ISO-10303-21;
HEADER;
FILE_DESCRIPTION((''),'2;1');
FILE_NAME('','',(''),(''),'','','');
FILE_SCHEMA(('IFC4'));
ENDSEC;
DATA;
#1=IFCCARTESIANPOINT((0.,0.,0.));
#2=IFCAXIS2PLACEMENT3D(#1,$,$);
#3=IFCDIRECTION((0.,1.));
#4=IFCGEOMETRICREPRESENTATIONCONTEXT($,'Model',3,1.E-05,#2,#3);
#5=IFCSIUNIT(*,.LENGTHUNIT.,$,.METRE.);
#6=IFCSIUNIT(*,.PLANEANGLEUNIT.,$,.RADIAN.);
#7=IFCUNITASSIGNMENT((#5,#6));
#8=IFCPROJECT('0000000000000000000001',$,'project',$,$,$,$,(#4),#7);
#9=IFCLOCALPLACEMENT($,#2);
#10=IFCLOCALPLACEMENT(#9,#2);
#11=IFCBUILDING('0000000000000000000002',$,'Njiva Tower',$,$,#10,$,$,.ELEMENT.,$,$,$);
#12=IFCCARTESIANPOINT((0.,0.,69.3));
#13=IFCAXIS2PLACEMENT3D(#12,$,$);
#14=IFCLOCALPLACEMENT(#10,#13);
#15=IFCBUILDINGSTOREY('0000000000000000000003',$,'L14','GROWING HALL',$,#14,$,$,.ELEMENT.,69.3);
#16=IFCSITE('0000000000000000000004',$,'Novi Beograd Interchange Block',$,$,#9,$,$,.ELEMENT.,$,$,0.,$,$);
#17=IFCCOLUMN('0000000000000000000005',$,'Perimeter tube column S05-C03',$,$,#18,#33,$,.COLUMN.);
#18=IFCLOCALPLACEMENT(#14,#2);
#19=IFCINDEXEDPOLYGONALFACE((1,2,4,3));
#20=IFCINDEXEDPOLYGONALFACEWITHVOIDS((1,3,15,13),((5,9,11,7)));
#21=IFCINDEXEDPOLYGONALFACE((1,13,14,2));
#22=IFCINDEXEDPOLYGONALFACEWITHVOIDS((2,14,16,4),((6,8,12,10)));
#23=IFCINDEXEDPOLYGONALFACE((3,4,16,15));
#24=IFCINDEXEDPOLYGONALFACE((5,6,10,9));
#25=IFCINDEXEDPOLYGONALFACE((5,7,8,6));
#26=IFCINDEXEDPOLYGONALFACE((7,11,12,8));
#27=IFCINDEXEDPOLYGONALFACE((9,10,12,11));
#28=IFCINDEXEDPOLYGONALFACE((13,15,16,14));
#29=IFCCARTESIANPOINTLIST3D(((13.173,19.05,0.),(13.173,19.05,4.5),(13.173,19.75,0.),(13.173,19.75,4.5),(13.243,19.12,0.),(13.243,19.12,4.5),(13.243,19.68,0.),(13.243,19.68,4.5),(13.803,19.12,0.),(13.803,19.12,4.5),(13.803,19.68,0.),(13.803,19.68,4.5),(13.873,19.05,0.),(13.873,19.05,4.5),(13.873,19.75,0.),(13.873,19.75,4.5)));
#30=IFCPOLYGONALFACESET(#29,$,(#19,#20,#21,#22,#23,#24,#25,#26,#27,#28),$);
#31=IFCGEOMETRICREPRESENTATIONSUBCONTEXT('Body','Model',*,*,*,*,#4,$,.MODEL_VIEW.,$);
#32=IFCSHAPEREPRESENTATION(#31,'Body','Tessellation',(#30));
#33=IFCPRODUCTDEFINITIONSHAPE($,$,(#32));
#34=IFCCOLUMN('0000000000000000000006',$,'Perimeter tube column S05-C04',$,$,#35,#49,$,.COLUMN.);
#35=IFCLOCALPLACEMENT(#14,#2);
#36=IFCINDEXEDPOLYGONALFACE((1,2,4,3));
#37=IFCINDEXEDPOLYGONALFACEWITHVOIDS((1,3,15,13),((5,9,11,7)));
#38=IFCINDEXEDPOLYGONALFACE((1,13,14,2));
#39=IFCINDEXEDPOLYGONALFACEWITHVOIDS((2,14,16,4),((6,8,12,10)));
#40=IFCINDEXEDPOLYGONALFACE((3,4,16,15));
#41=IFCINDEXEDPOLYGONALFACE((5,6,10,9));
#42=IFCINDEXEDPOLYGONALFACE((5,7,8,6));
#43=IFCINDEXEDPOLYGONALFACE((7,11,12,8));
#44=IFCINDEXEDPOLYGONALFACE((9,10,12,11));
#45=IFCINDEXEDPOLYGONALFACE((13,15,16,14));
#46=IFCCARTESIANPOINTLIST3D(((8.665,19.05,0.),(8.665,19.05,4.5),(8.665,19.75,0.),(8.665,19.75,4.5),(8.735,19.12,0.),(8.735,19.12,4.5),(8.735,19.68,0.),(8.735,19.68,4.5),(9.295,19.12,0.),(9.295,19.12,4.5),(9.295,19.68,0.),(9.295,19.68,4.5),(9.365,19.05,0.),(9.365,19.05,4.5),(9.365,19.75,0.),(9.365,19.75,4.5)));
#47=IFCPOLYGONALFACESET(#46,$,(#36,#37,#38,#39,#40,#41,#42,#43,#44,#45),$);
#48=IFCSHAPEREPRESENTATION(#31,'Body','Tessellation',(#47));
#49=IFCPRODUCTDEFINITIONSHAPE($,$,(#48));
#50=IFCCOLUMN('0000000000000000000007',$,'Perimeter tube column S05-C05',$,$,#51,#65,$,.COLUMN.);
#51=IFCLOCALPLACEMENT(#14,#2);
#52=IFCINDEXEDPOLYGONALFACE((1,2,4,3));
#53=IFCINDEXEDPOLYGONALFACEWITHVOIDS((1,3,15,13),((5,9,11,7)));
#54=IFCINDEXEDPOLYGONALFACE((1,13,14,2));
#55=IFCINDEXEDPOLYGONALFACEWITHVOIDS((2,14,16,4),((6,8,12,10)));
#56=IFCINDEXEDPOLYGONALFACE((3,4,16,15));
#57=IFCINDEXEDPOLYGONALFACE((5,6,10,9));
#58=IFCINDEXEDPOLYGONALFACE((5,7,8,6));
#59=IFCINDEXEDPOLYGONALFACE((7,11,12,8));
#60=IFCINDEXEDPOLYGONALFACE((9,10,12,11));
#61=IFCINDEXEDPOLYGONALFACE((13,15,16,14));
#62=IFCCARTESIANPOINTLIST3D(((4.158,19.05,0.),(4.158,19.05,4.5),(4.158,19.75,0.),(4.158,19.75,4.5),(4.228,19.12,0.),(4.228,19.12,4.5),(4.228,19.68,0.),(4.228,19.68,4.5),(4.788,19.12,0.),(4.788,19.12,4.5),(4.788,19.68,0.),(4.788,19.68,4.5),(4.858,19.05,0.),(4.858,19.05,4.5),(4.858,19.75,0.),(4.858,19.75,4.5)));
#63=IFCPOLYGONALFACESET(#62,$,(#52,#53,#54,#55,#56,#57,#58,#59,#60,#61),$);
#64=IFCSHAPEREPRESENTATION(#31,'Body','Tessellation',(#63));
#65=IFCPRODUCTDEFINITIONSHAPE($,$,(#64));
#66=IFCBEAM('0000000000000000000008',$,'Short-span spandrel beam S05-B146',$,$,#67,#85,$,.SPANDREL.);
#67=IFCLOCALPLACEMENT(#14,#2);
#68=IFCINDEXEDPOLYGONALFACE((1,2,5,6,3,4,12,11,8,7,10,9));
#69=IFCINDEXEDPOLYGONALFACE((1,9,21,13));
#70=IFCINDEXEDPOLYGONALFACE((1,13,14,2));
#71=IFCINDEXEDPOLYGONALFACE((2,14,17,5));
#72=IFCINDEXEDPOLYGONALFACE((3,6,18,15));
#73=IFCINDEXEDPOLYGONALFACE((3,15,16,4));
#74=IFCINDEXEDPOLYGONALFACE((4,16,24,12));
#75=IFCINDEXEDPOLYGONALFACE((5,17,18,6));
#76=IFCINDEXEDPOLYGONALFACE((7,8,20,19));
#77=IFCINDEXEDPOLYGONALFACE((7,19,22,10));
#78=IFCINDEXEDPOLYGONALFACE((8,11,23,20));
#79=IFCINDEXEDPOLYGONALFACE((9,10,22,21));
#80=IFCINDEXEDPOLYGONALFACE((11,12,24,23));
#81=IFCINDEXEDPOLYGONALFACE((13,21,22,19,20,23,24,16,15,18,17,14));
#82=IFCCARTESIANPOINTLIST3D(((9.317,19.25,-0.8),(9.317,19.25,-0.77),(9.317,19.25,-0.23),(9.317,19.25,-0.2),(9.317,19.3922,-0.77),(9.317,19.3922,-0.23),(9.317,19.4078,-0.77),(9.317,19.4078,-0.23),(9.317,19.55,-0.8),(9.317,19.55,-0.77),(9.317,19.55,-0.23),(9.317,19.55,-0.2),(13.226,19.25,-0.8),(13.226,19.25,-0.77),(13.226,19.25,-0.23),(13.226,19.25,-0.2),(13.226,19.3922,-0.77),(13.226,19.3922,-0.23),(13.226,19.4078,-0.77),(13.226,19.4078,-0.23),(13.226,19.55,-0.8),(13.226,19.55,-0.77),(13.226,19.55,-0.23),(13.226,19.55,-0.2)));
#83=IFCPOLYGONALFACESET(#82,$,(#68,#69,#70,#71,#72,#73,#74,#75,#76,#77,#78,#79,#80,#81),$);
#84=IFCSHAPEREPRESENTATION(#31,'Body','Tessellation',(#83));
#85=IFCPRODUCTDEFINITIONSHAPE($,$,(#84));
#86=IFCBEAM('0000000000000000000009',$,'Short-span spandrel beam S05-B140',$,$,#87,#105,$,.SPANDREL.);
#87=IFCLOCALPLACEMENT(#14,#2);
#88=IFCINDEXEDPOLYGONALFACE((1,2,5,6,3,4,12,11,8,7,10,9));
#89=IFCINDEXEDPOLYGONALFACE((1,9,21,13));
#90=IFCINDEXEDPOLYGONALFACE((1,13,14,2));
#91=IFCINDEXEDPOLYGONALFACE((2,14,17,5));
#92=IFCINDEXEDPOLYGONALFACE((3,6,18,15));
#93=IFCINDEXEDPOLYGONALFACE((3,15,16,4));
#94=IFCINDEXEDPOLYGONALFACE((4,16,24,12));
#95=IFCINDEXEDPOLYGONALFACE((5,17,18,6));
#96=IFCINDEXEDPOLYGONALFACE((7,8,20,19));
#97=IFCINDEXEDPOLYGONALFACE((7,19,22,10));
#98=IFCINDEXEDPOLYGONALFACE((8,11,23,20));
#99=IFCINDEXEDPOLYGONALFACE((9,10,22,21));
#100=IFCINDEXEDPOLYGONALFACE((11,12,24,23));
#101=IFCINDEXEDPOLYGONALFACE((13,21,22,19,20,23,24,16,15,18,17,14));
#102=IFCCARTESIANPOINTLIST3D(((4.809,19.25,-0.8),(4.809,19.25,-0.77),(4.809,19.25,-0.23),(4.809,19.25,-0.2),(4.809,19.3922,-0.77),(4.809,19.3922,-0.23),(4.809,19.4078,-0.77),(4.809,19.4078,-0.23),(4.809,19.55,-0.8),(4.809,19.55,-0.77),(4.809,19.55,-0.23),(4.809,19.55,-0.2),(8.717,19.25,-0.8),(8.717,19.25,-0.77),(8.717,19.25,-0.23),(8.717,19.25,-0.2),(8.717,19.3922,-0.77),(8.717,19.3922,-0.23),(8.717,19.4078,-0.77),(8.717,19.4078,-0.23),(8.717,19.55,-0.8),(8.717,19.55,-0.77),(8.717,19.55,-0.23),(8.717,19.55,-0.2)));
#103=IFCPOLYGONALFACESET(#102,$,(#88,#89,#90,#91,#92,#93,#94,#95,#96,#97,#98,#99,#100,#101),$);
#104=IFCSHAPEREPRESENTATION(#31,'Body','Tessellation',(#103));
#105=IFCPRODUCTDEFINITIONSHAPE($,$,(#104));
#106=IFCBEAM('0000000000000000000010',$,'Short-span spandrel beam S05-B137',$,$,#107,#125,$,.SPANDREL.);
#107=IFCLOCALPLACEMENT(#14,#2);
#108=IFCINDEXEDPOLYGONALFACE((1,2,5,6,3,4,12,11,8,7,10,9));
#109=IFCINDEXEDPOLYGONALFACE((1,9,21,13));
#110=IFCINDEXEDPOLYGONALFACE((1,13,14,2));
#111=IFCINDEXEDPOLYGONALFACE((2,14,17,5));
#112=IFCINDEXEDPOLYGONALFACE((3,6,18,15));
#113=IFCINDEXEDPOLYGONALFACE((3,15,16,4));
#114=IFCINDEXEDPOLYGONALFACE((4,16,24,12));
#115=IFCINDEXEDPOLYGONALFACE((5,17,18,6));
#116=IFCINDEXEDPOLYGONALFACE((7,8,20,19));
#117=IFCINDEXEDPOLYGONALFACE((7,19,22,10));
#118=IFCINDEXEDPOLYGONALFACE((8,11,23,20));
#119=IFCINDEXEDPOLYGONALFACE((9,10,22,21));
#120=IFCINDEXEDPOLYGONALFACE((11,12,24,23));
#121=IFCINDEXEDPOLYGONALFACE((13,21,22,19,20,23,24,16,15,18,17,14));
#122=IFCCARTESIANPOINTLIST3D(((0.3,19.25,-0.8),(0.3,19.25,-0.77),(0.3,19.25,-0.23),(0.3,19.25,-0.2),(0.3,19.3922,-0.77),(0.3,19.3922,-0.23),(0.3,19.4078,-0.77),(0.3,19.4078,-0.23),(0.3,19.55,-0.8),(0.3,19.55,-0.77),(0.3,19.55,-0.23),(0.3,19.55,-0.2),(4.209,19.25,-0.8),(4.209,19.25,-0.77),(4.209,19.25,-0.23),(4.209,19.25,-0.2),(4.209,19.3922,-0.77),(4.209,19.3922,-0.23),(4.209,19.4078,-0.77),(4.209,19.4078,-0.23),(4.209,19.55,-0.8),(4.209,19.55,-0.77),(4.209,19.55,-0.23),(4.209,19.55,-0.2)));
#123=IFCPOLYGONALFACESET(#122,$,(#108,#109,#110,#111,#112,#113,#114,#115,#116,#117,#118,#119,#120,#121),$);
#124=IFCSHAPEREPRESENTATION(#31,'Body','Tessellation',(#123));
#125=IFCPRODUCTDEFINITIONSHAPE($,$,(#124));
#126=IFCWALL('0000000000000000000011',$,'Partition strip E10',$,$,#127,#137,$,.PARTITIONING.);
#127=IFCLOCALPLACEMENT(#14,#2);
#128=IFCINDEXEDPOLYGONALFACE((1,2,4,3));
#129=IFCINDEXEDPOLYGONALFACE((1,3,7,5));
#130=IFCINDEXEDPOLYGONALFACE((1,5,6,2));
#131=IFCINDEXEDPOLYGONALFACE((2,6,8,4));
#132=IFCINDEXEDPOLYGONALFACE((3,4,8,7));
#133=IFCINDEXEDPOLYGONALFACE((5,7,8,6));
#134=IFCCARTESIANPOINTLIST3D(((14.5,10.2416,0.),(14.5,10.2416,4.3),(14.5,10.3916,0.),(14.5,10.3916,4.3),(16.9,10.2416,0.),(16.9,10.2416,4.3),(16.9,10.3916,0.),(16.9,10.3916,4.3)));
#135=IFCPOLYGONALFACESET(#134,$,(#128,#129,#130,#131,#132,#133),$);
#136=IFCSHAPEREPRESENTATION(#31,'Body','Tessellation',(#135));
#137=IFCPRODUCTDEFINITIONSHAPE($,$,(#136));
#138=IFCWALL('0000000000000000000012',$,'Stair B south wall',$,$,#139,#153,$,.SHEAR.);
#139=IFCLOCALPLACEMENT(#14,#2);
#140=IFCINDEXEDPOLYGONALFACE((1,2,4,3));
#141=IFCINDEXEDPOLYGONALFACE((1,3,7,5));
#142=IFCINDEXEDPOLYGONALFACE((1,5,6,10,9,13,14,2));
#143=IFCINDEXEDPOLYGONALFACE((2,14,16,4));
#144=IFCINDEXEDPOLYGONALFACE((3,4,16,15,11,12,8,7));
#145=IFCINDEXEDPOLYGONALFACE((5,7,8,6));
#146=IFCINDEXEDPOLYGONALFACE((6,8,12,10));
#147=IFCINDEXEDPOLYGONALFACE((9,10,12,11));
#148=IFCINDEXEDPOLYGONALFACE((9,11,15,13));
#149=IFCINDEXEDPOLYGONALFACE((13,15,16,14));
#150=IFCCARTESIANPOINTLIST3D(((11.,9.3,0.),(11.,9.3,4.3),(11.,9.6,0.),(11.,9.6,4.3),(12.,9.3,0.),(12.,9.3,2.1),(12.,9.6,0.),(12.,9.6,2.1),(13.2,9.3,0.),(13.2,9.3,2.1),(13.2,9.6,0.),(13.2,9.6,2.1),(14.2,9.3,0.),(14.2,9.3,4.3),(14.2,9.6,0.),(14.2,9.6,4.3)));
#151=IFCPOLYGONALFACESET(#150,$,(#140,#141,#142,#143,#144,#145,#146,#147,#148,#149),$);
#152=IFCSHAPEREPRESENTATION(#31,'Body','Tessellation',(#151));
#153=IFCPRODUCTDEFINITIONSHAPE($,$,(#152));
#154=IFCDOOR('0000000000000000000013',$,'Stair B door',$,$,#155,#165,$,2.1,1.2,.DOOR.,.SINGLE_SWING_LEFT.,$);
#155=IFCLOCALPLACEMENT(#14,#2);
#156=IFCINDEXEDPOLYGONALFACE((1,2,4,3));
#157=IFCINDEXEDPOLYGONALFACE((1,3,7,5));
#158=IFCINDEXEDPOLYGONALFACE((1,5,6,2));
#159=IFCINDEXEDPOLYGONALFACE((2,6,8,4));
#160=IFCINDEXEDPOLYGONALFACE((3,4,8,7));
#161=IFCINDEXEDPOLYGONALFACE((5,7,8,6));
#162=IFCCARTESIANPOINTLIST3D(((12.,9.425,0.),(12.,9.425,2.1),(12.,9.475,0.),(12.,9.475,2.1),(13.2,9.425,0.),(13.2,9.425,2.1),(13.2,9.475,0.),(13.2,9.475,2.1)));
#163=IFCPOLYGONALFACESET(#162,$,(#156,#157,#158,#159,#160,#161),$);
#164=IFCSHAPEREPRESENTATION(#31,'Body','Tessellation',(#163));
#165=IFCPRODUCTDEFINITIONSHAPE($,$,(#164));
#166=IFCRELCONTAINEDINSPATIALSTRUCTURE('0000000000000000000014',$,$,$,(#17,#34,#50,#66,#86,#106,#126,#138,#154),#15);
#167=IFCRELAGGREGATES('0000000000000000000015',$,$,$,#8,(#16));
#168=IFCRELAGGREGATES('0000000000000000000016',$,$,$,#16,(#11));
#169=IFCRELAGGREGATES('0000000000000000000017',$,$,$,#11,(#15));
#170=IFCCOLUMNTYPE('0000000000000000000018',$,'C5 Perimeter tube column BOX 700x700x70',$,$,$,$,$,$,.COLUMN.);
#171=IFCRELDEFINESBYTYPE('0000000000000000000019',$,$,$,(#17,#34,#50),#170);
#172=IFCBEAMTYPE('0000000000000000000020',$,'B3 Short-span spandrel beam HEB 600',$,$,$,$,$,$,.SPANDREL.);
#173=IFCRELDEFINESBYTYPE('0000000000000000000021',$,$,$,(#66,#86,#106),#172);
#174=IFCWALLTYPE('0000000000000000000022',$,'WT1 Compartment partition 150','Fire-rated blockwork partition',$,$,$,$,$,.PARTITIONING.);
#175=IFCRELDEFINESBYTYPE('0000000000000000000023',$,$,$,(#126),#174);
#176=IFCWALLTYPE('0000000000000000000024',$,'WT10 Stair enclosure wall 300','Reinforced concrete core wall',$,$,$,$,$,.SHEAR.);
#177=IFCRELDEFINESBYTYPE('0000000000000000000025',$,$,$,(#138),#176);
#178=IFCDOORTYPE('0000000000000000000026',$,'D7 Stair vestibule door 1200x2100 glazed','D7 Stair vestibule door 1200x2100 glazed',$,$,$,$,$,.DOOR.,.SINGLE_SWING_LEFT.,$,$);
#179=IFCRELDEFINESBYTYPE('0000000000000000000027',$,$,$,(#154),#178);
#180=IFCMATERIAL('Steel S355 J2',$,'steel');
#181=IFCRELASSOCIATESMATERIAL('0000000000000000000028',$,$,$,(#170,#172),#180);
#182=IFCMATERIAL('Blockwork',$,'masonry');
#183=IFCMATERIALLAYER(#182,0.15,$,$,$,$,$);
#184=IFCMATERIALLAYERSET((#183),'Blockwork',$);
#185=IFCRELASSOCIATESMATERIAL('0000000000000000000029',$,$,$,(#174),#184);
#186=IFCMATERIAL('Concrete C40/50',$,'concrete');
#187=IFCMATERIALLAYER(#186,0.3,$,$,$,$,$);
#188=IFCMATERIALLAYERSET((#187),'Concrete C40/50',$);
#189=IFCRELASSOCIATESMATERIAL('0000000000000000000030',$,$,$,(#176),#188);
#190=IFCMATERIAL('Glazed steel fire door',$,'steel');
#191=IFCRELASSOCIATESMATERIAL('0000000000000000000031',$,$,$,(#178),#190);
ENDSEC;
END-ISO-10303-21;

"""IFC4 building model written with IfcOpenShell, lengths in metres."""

from ifc_helpers import new_model, si_unit, direction, frame, frame_2d, origin, origin_2d, place, context, subcontext, project, spatial, rectangle, hollow_rectangle, i_section, extrude, material, layer, layer_set, material_profile, profile_set, type_object, element, fill, save


model = new_model("IFC4")

# Units and contexts
model_context = context("Model", 3, precision=1e-05, world=origin(), true_north=direction((0.0, 1.0)))
body_context = subcontext(model_context, "Body", "Model", "MODEL_VIEW")
ifc_project = project(units=[si_unit("LENGTHUNIT", "METRE"), si_unit("PLANEANGLEUNIT", "RADIAN")], contexts=[model_context])

# Site, building, storey
site_placement = place(None, origin())
site = spatial("IfcSite", under=ifc_project, at=site_placement, Name="Novi Beograd Interchange Block", CompositionType="ELEMENT", RefElevation=0.0)
building_placement = place(site_placement, origin())
building = spatial("IfcBuilding", under=site, at=building_placement, Name="Njiva Tower", CompositionType="ELEMENT")
storey_placement = place(building_placement, frame((0.0, 0.0, 69.3)))
storey = spatial("IfcBuildingStorey", under=building, at=storey_placement, Name="L14", Description="GROWING HALL", CompositionType="ELEMENT", Elevation=69.3)

# Columns
ifc_material_1 = material(Name="Steel S355 J2", Category="steel")
ifc_material_profile_1 = material_profile(ifc_material_1, hollow_rectangle(XDim=0.7, YDim=0.7, WallThickness=0.07, at=origin_2d()), Name="BOX 700x700x70")
ifc_profile_set_1 = profile_set([ifc_material_profile_1], Name="Steel S355 J2")
column_type = type_object("IfcColumnType", Name="C5 Perimeter tube column BOX 700x700x70", PredefinedType="COLUMN", material=ifc_profile_set_1)
for number, where, z_axis, x_axis, name in (
    (1, (13.523, 19.4, 0.0), (0.0, 0.0, 1.0), (-1.0, 0.0, 0.0), "Perimeter tube column S05-C03"),
    (2, (9.015, 19.4, 0.0), (0.0, 0.0, 1.0), (-1.0, 0.0, 0.0), "Perimeter tube column S05-C04"),
    (3, (4.508, 19.4, 0.0), (0.0, 0.0, 1.0), (-1.0, 0.0, 0.0), "Perimeter tube column S05-C05"),
):
    element("IfcColumn", number, at=place(storey_placement, frame(where, z_axis=z_axis, x_axis=x_axis)), inside=storey, type_object=column_type, Name=name, PredefinedType="COLUMN", context=body_context, shape_type="SweptSolid", body=[
        extrude(hollow_rectangle(XDim=0.7, YDim=0.7, WallThickness=0.07, at=origin_2d()), origin(), (0.0, 0.0, 1.0), 4.5),
    ])

# Beams
ifc_material_profile_2 = material_profile(ifc_material_1, i_section(OverallWidth=0.3, OverallDepth=0.6, WebThickness=0.0155, FlangeThickness=0.03, at=origin_2d()), Name="HEB 600")
ifc_profile_set_2 = profile_set([ifc_material_profile_2], Name="Steel S355 J2")
beam_type = type_object("IfcBeamType", Name="B3 Short-span spandrel beam HEB 600", PredefinedType="SPANDREL", material=ifc_profile_set_2)
beam_1_placement = place(storey_placement, frame((13.226, 19.4, -0.5), z_axis=(-1.0, 0.0, 0.0), x_axis=(0.0, -1.0, 0.0)))
element("IfcBeam", 4, at=beam_1_placement, inside=storey, type_object=beam_type, Name="Short-span spandrel beam S05-B146", PredefinedType="SPANDREL", context=body_context, shape_type="SweptSolid", body=[
    extrude(i_section(OverallWidth=0.3, OverallDepth=0.6, WebThickness=0.0155, FlangeThickness=0.03, at=origin_2d()), origin(), (0.0, 0.0, 1.0), 3.909),
])
beam_2_placement = place(storey_placement, frame((8.717, 19.4, -0.5), z_axis=(-1.0, 0.0, 0.0), x_axis=(0.0, -1.0, 0.0)))
element("IfcBeam", 5, at=beam_2_placement, inside=storey, type_object=beam_type, Name="Short-span spandrel beam S05-B140", PredefinedType="SPANDREL", context=body_context, shape_type="SweptSolid", body=[
    extrude(i_section(OverallWidth=0.3, OverallDepth=0.6, WebThickness=0.0155, FlangeThickness=0.03, at=origin_2d()), origin(), (0.0, 0.0, 1.0), 3.908),
])
beam_3_placement = place(storey_placement, frame((4.209, 19.4, -0.5), z_axis=(-1.0, 0.0, 0.0), x_axis=(0.0, -1.0, 0.0)))
element("IfcBeam", 6, at=beam_3_placement, inside=storey, type_object=beam_type, Name="Short-span spandrel beam S05-B137", PredefinedType="SPANDREL", context=body_context, shape_type="SweptSolid", body=[
    extrude(i_section(OverallWidth=0.3, OverallDepth=0.6, WebThickness=0.0155, FlangeThickness=0.03, at=origin_2d()), origin(), (0.0, 0.0, 1.0), 3.909),
])

# Wall
ifc_material_2 = material(Name="Blockwork", Category="masonry")
ifc_layer_1 = layer(ifc_material_2, 0.15)
ifc_layer_set_1 = layer_set([ifc_layer_1], Name="Blockwork")
wall_type_1 = type_object("IfcWallType", Name="WT1 Compartment partition 150", Description="Fire-rated blockwork partition", PredefinedType="PARTITIONING", material=ifc_layer_set_1)
wall_1_placement = place(storey_placement, frame((14.5, 10.3166, 0.0), z_axis=(0.0, 0.0, 1.0), x_axis=(1.0, 0.0, 0.0)))
element("IfcWall", 7, at=wall_1_placement, inside=storey, type_object=wall_type_1, Name="Partition strip E10", PredefinedType="PARTITIONING", context=body_context, shape_type="SweptSolid", body=[
    extrude(rectangle(XDim=2.4, YDim=0.15, at=frame_2d((1.2, 0.0))), origin(), (0.0, 0.0, 1.0), 4.3),
])

# Wall, opening, door
ifc_material_3 = material(Name="Concrete C40/50", Category="concrete")
ifc_layer_2 = layer(ifc_material_3, 0.3)
ifc_layer_set_2 = layer_set([ifc_layer_2], Name="Concrete C40/50")
wall_type_2 = type_object("IfcWallType", Name="WT10 Stair enclosure wall 300", Description="Reinforced concrete core wall", PredefinedType="SHEAR", material=ifc_layer_set_2)
wall_2_placement = place(storey_placement, frame((11.0, 9.45, 0.0), z_axis=(0.0, 0.0, 1.0), x_axis=(1.0, 0.0, 0.0)))
wall_2 = element("IfcWall", 8, at=wall_2_placement, inside=storey, type_object=wall_type_2, Name="Stair B south wall", PredefinedType="SHEAR", context=body_context, shape_type="SweptSolid", body=[
    extrude(rectangle(XDim=3.2, YDim=0.3, at=frame_2d((1.6, 0.0))), origin(), (0.0, 0.0, 1.0), 4.3),
])
opening_1_placement = place(wall_2_placement, frame((1.0, 0.0, 0.0)))
opening_1 = element("IfcOpeningElement", 9, at=opening_1_placement, cuts=wall_2, PredefinedType="OPENING", context=body_context, shape_type="SweptSolid", body=[
    extrude(rectangle(XDim=1.2, YDim=2.1, at=frame_2d((0.6, 1.05))), frame((0.0, 0.16, 0.0), z_axis=(0.0, -1.0, 0.0), x_axis=(1.0, 0.0, 0.0)), (0.0, 0.0, 1.0), 0.32),
])
ifc_material_4 = material(Name="Glazed steel fire door", Category="steel")
door_type_1 = type_object("IfcDoorType", Name="D7 Stair vestibule door 1200x2100 glazed", Description="D7 Stair vestibule door 1200x2100 glazed", OperationType="SINGLE_SWING_LEFT", PredefinedType="DOOR", material=ifc_material_4)
door_1_placement = place(opening_1_placement, origin())
door_1 = element("IfcDoor", 10, at=door_1_placement, inside=storey, type_object=door_type_1, Name="Stair B door", OperationType="SINGLE_SWING_LEFT", OverallHeight=2.1, OverallWidth=1.2, PredefinedType="DOOR", context=body_context, shape_type="SweptSolid", body=[
    extrude(rectangle(XDim=1.2, YDim=2.1, at=frame_2d((0.6, 1.05))), frame((0.0, 0.025, 0.0), z_axis=(0.0, -1.0, 0.0), x_axis=(1.0, 0.0, 0.0)), (0.0, 0.0, 1.0), 0.05),
])
fill(opening_1, door_1)

save(model, "model.ifc")
